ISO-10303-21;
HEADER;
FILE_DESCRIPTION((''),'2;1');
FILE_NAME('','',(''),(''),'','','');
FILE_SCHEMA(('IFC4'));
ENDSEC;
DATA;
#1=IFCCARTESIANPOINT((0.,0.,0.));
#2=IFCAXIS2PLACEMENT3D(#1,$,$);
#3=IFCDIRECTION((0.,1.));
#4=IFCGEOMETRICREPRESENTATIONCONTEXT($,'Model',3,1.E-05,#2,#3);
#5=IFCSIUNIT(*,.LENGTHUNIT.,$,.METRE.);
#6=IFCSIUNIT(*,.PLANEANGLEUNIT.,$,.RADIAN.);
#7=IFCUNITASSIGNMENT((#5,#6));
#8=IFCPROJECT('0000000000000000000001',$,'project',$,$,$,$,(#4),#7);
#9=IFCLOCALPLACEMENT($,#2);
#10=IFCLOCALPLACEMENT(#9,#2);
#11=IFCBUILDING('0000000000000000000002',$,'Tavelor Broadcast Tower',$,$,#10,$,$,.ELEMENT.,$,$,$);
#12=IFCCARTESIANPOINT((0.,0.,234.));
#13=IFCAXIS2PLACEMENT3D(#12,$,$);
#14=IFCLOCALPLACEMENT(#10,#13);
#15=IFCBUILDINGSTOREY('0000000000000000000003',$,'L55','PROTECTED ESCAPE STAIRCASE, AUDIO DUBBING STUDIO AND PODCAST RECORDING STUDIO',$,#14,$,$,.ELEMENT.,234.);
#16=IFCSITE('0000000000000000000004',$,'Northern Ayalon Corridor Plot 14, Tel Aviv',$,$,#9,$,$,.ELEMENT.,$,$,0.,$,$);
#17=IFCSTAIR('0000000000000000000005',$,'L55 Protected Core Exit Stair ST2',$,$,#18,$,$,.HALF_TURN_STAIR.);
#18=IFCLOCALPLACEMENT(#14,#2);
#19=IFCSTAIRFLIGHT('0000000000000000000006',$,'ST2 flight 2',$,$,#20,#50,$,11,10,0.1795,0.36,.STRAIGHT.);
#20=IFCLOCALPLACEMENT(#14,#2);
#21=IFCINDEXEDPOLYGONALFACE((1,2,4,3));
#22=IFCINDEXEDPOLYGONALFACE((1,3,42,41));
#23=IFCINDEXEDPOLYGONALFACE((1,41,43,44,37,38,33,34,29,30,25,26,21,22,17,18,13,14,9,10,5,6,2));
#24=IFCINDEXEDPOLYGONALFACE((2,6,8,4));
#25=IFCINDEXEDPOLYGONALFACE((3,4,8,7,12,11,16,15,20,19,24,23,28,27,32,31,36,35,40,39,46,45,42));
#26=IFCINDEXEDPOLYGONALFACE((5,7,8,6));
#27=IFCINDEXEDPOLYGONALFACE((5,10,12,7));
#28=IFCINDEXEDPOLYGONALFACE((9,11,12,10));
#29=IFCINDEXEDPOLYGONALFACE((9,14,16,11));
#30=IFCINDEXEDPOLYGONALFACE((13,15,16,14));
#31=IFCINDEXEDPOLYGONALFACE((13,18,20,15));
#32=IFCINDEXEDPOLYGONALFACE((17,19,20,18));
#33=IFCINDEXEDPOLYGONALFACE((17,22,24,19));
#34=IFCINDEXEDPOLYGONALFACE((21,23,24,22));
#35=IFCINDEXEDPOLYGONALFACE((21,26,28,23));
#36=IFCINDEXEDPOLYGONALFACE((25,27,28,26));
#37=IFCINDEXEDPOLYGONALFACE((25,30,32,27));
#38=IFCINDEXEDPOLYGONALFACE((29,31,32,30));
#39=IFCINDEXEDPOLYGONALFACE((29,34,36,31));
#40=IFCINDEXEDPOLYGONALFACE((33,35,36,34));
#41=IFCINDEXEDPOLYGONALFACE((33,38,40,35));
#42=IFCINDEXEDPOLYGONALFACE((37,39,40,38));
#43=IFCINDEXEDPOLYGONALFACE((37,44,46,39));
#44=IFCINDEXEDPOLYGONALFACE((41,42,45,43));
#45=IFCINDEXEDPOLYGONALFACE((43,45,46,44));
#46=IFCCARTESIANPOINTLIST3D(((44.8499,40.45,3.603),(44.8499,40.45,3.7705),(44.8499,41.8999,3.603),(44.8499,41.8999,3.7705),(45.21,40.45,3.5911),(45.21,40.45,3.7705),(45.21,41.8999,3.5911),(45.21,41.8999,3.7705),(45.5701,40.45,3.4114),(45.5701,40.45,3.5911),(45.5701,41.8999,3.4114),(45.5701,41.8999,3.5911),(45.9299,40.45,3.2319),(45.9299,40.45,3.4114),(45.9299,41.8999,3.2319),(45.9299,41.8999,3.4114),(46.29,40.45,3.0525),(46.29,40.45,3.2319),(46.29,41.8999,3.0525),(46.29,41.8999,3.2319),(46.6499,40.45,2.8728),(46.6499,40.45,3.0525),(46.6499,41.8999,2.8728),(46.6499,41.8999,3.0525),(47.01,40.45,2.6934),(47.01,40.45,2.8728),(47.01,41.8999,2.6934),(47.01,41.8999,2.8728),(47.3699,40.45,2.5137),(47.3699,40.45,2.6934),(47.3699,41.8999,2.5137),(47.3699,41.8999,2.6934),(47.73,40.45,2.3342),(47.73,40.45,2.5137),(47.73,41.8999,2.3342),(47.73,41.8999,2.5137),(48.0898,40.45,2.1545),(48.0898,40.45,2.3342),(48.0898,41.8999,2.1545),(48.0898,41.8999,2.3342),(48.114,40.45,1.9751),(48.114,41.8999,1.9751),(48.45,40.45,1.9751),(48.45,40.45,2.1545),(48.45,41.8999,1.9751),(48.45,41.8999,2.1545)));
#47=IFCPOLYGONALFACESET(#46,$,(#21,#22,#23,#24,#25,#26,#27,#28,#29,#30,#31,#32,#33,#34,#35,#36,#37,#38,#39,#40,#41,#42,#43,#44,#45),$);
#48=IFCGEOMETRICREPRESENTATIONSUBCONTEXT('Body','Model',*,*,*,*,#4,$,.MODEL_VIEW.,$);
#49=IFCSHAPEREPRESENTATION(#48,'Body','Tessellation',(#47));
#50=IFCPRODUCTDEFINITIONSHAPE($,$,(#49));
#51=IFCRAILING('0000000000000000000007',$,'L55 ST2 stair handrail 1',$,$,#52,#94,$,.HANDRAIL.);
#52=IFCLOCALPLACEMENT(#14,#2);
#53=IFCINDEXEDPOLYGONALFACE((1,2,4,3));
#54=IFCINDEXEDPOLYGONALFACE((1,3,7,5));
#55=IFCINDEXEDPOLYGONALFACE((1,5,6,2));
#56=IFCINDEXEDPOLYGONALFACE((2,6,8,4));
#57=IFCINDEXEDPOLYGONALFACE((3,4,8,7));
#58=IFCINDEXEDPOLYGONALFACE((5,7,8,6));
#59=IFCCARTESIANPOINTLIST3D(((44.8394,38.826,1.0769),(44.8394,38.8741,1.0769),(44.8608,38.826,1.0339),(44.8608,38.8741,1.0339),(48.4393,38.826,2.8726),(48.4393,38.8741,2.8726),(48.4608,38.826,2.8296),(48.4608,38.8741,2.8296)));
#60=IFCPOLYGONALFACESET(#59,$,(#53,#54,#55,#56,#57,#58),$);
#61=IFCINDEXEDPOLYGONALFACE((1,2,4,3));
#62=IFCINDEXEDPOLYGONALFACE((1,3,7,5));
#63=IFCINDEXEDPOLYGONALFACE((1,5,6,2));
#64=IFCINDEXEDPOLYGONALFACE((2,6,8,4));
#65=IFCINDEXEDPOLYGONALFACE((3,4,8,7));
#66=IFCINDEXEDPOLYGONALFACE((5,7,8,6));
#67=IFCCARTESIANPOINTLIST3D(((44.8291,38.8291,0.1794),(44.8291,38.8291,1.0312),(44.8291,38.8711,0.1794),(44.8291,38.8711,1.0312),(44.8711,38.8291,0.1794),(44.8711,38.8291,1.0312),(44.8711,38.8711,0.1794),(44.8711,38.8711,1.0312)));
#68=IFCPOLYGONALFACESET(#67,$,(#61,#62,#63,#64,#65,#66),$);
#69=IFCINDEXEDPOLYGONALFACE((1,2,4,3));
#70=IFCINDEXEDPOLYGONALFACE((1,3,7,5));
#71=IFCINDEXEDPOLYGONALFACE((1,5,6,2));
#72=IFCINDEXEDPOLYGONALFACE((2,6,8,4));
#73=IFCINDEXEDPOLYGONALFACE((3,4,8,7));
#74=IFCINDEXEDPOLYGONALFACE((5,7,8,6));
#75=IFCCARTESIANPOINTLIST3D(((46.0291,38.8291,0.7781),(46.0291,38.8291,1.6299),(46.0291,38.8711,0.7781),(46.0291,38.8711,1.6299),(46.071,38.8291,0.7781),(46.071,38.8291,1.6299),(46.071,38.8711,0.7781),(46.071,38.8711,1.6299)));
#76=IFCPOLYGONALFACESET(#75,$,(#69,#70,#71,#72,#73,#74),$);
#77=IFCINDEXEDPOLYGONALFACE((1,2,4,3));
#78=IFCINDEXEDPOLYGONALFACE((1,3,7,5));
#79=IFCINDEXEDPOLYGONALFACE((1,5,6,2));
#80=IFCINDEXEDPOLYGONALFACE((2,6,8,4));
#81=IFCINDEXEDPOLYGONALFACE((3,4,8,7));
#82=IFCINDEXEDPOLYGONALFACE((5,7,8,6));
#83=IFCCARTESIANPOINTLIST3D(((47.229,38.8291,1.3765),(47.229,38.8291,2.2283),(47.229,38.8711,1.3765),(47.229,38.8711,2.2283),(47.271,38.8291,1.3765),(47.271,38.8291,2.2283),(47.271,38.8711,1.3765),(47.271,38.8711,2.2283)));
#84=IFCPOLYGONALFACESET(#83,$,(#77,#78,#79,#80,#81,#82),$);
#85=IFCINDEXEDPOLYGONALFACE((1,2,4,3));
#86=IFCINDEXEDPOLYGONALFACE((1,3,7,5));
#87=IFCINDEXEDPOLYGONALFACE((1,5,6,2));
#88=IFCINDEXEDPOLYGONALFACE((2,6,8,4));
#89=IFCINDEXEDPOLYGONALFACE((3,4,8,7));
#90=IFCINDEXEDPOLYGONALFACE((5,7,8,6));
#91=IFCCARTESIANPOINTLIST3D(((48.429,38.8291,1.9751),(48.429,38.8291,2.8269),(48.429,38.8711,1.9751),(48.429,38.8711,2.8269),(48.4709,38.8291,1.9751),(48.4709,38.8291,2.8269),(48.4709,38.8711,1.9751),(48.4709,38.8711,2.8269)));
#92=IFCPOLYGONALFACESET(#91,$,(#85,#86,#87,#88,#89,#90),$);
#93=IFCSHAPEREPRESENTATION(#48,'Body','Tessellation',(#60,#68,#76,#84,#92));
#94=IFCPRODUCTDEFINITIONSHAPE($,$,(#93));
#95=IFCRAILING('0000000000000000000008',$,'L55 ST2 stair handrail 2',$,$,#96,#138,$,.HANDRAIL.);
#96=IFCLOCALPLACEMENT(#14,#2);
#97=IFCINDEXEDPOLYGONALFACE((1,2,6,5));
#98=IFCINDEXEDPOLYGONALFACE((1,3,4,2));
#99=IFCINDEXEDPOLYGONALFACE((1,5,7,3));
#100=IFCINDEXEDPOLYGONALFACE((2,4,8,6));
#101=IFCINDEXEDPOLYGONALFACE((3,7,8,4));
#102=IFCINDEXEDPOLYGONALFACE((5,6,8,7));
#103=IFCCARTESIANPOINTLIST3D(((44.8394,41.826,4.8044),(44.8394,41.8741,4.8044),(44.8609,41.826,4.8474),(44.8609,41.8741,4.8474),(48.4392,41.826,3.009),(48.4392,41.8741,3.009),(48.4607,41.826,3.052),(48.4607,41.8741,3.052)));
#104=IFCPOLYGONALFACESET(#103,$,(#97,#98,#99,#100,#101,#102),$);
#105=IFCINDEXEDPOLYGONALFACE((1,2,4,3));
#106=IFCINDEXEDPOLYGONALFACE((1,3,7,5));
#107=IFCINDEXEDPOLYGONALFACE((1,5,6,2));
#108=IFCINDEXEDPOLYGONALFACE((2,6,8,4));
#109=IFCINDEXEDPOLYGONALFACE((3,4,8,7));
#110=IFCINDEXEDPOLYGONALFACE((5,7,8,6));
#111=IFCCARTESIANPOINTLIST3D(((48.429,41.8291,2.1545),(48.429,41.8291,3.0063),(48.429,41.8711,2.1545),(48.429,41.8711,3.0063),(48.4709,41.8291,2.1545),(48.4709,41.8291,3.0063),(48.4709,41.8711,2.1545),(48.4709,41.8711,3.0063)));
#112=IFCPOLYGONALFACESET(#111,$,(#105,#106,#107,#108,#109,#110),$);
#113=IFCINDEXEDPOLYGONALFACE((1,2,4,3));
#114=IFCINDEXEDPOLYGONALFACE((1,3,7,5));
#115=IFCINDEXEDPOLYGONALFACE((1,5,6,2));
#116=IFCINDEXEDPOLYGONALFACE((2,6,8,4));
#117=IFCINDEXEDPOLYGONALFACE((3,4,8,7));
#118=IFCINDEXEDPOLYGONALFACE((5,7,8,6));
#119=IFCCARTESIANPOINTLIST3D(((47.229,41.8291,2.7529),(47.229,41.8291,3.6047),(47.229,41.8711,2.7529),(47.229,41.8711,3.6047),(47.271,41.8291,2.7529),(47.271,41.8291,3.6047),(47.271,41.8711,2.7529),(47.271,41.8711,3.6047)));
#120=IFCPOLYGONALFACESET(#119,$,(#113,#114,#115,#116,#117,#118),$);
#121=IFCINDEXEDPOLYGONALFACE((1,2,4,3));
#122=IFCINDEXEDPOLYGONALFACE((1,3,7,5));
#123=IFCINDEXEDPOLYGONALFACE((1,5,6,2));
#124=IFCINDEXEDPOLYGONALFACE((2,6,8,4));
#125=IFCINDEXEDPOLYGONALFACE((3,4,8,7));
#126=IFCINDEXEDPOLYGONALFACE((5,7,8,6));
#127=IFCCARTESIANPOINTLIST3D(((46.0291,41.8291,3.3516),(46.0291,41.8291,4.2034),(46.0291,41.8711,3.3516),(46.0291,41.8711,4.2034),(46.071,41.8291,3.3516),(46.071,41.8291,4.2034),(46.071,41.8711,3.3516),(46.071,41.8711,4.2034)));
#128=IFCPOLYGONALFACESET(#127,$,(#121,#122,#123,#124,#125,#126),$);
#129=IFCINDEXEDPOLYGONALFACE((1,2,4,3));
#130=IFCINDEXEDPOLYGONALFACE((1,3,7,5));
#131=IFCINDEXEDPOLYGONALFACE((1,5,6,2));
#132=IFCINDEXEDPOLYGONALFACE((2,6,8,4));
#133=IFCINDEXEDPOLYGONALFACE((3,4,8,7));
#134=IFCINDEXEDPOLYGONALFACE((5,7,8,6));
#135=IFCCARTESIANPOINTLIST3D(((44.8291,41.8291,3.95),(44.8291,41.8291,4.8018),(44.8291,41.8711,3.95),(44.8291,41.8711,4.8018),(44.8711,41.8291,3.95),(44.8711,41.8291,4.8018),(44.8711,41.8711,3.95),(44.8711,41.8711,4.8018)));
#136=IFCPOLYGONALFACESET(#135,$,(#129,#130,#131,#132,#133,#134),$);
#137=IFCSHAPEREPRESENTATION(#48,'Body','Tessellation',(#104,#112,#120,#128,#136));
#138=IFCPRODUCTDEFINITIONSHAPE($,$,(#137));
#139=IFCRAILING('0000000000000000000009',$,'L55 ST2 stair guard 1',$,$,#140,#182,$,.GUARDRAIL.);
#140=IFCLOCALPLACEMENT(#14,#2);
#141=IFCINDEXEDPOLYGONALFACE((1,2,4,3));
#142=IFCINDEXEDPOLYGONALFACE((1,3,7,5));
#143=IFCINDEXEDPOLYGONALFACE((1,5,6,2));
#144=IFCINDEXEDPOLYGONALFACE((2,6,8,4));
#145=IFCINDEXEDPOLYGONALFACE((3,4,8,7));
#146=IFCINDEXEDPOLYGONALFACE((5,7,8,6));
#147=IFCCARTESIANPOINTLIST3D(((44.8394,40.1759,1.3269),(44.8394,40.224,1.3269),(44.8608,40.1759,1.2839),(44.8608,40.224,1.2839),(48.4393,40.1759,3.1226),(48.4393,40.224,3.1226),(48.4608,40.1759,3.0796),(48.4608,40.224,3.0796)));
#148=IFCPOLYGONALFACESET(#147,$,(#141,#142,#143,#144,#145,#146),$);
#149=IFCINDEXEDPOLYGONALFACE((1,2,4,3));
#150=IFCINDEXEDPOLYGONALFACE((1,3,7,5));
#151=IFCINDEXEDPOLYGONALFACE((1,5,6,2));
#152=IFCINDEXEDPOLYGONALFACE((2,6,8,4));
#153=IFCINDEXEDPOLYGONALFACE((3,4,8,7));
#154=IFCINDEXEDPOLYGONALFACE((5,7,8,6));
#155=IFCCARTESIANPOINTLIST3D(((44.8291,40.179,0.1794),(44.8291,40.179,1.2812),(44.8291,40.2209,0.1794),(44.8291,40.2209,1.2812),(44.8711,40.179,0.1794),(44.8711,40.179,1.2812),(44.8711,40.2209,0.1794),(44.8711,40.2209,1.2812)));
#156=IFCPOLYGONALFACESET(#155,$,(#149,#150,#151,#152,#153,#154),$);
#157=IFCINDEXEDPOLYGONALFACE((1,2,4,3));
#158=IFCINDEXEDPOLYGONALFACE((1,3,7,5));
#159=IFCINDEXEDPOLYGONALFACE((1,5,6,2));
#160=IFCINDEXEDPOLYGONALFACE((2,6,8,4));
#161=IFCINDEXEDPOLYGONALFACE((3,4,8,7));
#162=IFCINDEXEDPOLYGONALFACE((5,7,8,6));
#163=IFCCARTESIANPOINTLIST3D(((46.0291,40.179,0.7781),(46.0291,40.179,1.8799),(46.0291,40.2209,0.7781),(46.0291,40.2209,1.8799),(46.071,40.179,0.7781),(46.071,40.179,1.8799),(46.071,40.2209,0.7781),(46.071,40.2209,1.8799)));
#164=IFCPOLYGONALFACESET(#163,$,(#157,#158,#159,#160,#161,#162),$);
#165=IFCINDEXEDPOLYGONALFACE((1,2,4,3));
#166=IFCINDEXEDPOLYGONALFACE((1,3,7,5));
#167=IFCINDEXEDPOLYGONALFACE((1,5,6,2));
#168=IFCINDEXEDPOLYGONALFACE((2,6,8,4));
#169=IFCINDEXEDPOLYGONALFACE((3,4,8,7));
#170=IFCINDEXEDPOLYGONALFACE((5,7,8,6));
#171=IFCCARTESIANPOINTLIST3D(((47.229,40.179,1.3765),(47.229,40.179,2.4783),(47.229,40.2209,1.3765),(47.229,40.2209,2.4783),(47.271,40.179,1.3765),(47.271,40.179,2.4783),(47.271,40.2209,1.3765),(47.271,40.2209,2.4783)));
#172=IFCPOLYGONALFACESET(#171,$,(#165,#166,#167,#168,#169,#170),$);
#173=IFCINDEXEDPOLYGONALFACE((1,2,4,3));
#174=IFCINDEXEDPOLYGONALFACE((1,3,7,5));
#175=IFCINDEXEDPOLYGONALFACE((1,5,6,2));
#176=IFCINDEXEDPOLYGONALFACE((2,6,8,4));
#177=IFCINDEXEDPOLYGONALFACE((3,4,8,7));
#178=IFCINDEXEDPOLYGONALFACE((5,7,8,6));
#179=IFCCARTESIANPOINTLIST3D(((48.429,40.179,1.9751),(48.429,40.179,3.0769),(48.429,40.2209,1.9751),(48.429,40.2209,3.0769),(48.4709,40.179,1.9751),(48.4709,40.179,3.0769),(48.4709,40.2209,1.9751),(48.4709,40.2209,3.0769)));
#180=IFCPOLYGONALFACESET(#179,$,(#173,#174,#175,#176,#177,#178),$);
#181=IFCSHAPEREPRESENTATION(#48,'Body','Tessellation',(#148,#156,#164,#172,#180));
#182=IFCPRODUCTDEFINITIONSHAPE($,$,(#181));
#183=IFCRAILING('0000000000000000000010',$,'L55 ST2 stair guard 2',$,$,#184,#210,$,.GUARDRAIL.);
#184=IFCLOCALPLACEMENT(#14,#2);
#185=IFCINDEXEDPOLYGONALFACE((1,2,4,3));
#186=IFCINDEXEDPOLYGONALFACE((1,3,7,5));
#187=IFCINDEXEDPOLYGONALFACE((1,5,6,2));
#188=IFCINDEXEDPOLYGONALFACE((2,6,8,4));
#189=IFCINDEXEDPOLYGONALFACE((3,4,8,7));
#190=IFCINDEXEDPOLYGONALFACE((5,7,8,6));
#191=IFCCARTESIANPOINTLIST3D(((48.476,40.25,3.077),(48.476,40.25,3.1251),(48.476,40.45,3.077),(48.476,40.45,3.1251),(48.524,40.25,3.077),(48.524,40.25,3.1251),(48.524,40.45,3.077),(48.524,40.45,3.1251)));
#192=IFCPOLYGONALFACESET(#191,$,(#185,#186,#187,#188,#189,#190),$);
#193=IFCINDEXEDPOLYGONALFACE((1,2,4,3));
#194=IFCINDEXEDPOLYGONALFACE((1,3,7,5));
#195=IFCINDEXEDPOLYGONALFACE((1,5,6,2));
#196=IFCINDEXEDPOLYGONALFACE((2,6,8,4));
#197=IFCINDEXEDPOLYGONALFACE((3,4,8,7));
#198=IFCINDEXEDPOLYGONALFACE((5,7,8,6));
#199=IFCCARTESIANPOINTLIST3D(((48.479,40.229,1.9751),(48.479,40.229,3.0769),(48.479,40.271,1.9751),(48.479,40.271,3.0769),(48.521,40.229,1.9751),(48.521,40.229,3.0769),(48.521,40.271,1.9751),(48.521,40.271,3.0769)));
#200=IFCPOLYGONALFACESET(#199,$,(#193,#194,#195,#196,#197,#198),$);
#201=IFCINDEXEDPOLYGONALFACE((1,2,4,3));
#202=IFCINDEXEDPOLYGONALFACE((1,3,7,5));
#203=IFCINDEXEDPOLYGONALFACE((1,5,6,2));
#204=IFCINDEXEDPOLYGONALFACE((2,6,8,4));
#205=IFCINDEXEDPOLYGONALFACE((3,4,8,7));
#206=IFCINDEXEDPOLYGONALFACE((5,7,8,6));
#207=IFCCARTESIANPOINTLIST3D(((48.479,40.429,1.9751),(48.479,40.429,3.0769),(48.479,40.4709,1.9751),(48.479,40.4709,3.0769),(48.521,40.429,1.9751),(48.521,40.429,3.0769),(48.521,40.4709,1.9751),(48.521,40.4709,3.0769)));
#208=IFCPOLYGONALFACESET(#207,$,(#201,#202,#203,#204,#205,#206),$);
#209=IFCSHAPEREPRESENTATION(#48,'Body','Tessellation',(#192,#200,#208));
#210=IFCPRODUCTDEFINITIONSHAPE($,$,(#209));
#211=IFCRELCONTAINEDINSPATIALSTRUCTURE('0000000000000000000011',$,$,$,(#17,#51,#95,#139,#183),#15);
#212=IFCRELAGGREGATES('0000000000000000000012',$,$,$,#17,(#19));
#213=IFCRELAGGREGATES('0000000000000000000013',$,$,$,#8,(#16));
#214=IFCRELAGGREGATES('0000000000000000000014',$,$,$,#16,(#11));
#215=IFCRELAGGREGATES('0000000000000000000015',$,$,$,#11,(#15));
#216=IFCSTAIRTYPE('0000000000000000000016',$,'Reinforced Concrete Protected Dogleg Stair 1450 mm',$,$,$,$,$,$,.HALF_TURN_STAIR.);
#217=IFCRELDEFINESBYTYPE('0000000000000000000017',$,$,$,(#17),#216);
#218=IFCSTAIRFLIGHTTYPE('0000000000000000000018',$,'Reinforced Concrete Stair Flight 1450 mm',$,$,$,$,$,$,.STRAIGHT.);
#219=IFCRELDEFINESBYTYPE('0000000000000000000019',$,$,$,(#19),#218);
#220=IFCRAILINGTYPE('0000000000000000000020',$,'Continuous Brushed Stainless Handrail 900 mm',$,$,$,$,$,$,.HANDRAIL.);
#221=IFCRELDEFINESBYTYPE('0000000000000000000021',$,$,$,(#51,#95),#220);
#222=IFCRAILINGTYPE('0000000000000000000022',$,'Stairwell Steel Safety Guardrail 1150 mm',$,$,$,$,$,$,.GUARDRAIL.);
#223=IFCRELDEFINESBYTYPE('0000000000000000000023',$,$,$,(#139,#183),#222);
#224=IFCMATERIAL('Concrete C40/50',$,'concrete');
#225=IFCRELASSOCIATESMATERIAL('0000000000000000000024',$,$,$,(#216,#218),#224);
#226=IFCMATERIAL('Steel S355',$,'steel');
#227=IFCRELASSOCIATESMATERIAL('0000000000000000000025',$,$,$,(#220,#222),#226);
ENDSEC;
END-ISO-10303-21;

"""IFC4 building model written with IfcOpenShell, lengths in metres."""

from ifc_helpers import new_model, si_unit, direction, frame, origin, origin_2d, place, context, subcontext, project, spatial, polyline, rectangle, outline, extrude, material, type_object, element, aggregate, save


model = new_model("IFC4")

# Units and contexts
model_context = context("Model", 3, precision=1e-05, world=origin(), true_north=direction((0.0, 1.0)))
body_context = subcontext(model_context, "Body", "Model", "MODEL_VIEW")
ifc_project = project(units=[si_unit("LENGTHUNIT", "METRE"), si_unit("PLANEANGLEUNIT", "RADIAN")], contexts=[model_context])

# Site, building, storey
site_placement = place(None, origin())
site = spatial("IfcSite", under=ifc_project, at=site_placement, Name="Northern Ayalon Corridor Plot 14, Tel Aviv", CompositionType="ELEMENT", RefElevation=0.0)
building_placement = place(site_placement, origin())
building = spatial("IfcBuilding", under=site, at=building_placement, Name="Tavelor Broadcast Tower", CompositionType="ELEMENT")
storey_placement = place(building_placement, frame((0.0, 0.0, 234.0)))
storey = spatial("IfcBuildingStorey", under=building, at=storey_placement, Name="L55", Description="PROTECTED ESCAPE STAIRCASE, AUDIO DUBBING STUDIO AND PODCAST RECORDING STUDIO", CompositionType="ELEMENT", Elevation=234.0)

# Shared definitions
ifc_material_1 = material(Name="Concrete C40/50", Category="concrete")
ifc_material_2 = material(Name="Steel S355", Category="steel")

# Stair, stair flight
stair_type = type_object("IfcStairType", Name="Reinforced Concrete Protected Dogleg Stair 1450 mm", PredefinedType="HALF_TURN_STAIR", material=ifc_material_1)
stair_placement = place(storey_placement, origin())
stair = element("IfcStair", 1, at=stair_placement, inside=storey, type_object=stair_type, Name="L55 Protected Core Exit Stair ST2", PredefinedType="HALF_TURN_STAIR")
stair_flight_type = type_object("IfcStairFlightType", Name="Reinforced Concrete Stair Flight 1450 mm", PredefinedType="STRAIGHT", material=ifc_material_1)
stair_flight_1_placement = place(storey_placement, frame((48.45, 41.175, 1.9751), z_axis=(0.0, 0.0, 1.0), x_axis=(-1.0, 0.0, 0.0)))
stair_flight_1 = element("IfcStairFlight", 2, at=stair_flight_1_placement, type_object=stair_flight_type, Name="ST2 flight 2", NumberOfRisers=11, NumberOfTreads=10, PredefinedType="STRAIGHT", RiserHeight=0.1795, TreadLength=0.36, context=body_context, shape_type="SweptSolid", body=[
    extrude(outline(polyline([(0.0, 0.0), (0.0, 0.1794), (0.3601, 0.1794), (0.3601, 0.3591), (0.72, 0.3591), (0.72, 0.5386), (1.0801, 0.5386), (1.0801, 0.7183), (1.4399, 0.7183), (1.4399, 0.8977), (1.8, 0.8977), (1.8, 1.0774), (2.1599, 1.0774), (2.1599, 1.2568), (2.52, 1.2568), (2.52, 1.4363), (2.8799, 1.4363), (2.8799, 1.616), (3.24, 1.616), (3.24, 1.7954), (3.6001, 1.7954), (3.6001, 1.9751), (3.6001, 1.6279), (0.3359, 0.0), (0.0, 0.0)])), frame((0.0, 0.7251, 0.0), z_axis=(0.0, -1.0, 0.0), x_axis=(1.0, 0.0, 0.0)), (0.0, 0.0, 1.0), 1.45),
])
aggregate(stair, [stair_flight_1])

# Railings
railing_type_1 = type_object("IfcRailingType", Name="Continuous Brushed Stainless Handrail 900 mm", PredefinedType="HANDRAIL", material=ifc_material_2)
railing_1_placement = place(storey_placement, frame((44.8501, 38.8501, 0.1794)))
element("IfcRailing", 3, at=railing_1_placement, inside=storey, type_object=railing_type_1, Name="L55 ST2 stair handrail 1", PredefinedType="HANDRAIL", context=body_context, shape_type="SweptSolid", body=[
    extrude(rectangle(XDim=0.0481, YDim=0.0481, at=origin_2d()), frame((0.0, 0.0, 0.876), z_axis=(0.894852, 0.0, 0.446364), x_axis=(0.0, 1.0, 0.0)), (0.0, 0.0, 1.0), 4.0229),
    extrude(rectangle(XDim=0.042, YDim=0.042, at=origin_2d()), origin(), (0.0, 0.0, 1.0), 0.8518),
    extrude(rectangle(XDim=0.042, YDim=0.042, at=origin_2d()), frame((1.2, 0.0, 0.5986)), (0.0, 0.0, 1.0), 0.8518),
    extrude(rectangle(XDim=0.042, YDim=0.042, at=origin_2d()), frame((2.3999, 0.0, 1.197)), (0.0, 0.0, 1.0), 0.8518),
    extrude(rectangle(XDim=0.042, YDim=0.042, at=origin_2d()), frame((3.5999, 0.0, 1.7957)), (0.0, 0.0, 1.0), 0.8518),
])
railing_2_placement = place(storey_placement, frame((48.45, 41.8501, 2.1545)))
element("IfcRailing", 4, at=railing_2_placement, inside=storey, type_object=railing_type_1, Name="L55 ST2 stair handrail 2", PredefinedType="HANDRAIL", context=body_context, shape_type="SweptSolid", body=[
    extrude(rectangle(XDim=0.0481, YDim=0.0481, at=origin_2d()), frame((0.0, 0.0, 0.876), z_axis=(-0.894876, 0.0, 0.446315), x_axis=(0.0, -1.0, 0.0)), (0.0, 0.0, 1.0), 4.0227),
    extrude(rectangle(XDim=0.042, YDim=0.042, at=origin_2d()), origin(), (0.0, 0.0, 1.0), 0.8518),
    extrude(rectangle(XDim=0.042, YDim=0.042, at=origin_2d()), frame((-1.2, 0.0, 0.5984)), (0.0, 0.0, 1.0), 0.8518),
    extrude(rectangle(XDim=0.042, YDim=0.042, at=origin_2d()), frame((-2.3999, 0.0, 1.197)), (0.0, 0.0, 1.0), 0.8518),
    extrude(rectangle(XDim=0.042, YDim=0.042, at=origin_2d()), frame((-3.5999, 0.0, 1.7954)), (0.0, 0.0, 1.0), 0.8518),
])
railing_type_2 = type_object("IfcRailingType", Name="Stairwell Steel Safety Guardrail 1150 mm", PredefinedType="GUARDRAIL", material=ifc_material_2)
railing_3_placement = place(storey_placement, frame((44.8501, 40.2, 0.1794)))
element("IfcRailing", 5, at=railing_3_placement, inside=storey, type_object=railing_type_2, Name="L55 ST2 stair guard 1", PredefinedType="GUARDRAIL", context=body_context, shape_type="SweptSolid", body=[
    extrude(rectangle(XDim=0.0481, YDim=0.0481, at=origin_2d()), frame((0.0, 0.0, 1.126), z_axis=(0.894852, 0.0, 0.446364), x_axis=(0.0, 1.0, 0.0)), (0.0, 0.0, 1.0), 4.0229),
    extrude(rectangle(XDim=0.042, YDim=0.042, at=origin_2d()), origin(), (0.0, 0.0, 1.0), 1.1018),
    extrude(rectangle(XDim=0.042, YDim=0.042, at=origin_2d()), frame((1.2, 0.0, 0.5986)), (0.0, 0.0, 1.0), 1.1018),
    extrude(rectangle(XDim=0.042, YDim=0.042, at=origin_2d()), frame((2.3999, 0.0, 1.197)), (0.0, 0.0, 1.0), 1.1018),
    extrude(rectangle(XDim=0.042, YDim=0.042, at=origin_2d()), frame((3.5999, 0.0, 1.7957)), (0.0, 0.0, 1.0), 1.1018),
])
railing_4_placement = place(storey_placement, frame((48.5, 40.25, 1.9751)))
element("IfcRailing", 6, at=railing_4_placement, inside=storey, type_object=railing_type_2, Name="L55 ST2 stair guard 2", PredefinedType="GUARDRAIL", context=body_context, shape_type="SweptSolid", body=[
    extrude(rectangle(XDim=0.0481, YDim=0.0481, at=origin_2d()), frame((0.0, 0.0, 1.126), z_axis=(0.0, 1.0, 0.0), x_axis=(-1.0, 0.0, 0.0)), (0.0, 0.0, 1.0), 0.2),
    extrude(rectangle(XDim=0.042, YDim=0.042, at=origin_2d()), origin(), (0.0, 0.0, 1.0), 1.1018),
    extrude(rectangle(XDim=0.042, YDim=0.042, at=origin_2d()), frame((0.0, 0.2, 0.0)), (0.0, 0.0, 1.0), 1.1018),
])

save(model, "model.ifc")
